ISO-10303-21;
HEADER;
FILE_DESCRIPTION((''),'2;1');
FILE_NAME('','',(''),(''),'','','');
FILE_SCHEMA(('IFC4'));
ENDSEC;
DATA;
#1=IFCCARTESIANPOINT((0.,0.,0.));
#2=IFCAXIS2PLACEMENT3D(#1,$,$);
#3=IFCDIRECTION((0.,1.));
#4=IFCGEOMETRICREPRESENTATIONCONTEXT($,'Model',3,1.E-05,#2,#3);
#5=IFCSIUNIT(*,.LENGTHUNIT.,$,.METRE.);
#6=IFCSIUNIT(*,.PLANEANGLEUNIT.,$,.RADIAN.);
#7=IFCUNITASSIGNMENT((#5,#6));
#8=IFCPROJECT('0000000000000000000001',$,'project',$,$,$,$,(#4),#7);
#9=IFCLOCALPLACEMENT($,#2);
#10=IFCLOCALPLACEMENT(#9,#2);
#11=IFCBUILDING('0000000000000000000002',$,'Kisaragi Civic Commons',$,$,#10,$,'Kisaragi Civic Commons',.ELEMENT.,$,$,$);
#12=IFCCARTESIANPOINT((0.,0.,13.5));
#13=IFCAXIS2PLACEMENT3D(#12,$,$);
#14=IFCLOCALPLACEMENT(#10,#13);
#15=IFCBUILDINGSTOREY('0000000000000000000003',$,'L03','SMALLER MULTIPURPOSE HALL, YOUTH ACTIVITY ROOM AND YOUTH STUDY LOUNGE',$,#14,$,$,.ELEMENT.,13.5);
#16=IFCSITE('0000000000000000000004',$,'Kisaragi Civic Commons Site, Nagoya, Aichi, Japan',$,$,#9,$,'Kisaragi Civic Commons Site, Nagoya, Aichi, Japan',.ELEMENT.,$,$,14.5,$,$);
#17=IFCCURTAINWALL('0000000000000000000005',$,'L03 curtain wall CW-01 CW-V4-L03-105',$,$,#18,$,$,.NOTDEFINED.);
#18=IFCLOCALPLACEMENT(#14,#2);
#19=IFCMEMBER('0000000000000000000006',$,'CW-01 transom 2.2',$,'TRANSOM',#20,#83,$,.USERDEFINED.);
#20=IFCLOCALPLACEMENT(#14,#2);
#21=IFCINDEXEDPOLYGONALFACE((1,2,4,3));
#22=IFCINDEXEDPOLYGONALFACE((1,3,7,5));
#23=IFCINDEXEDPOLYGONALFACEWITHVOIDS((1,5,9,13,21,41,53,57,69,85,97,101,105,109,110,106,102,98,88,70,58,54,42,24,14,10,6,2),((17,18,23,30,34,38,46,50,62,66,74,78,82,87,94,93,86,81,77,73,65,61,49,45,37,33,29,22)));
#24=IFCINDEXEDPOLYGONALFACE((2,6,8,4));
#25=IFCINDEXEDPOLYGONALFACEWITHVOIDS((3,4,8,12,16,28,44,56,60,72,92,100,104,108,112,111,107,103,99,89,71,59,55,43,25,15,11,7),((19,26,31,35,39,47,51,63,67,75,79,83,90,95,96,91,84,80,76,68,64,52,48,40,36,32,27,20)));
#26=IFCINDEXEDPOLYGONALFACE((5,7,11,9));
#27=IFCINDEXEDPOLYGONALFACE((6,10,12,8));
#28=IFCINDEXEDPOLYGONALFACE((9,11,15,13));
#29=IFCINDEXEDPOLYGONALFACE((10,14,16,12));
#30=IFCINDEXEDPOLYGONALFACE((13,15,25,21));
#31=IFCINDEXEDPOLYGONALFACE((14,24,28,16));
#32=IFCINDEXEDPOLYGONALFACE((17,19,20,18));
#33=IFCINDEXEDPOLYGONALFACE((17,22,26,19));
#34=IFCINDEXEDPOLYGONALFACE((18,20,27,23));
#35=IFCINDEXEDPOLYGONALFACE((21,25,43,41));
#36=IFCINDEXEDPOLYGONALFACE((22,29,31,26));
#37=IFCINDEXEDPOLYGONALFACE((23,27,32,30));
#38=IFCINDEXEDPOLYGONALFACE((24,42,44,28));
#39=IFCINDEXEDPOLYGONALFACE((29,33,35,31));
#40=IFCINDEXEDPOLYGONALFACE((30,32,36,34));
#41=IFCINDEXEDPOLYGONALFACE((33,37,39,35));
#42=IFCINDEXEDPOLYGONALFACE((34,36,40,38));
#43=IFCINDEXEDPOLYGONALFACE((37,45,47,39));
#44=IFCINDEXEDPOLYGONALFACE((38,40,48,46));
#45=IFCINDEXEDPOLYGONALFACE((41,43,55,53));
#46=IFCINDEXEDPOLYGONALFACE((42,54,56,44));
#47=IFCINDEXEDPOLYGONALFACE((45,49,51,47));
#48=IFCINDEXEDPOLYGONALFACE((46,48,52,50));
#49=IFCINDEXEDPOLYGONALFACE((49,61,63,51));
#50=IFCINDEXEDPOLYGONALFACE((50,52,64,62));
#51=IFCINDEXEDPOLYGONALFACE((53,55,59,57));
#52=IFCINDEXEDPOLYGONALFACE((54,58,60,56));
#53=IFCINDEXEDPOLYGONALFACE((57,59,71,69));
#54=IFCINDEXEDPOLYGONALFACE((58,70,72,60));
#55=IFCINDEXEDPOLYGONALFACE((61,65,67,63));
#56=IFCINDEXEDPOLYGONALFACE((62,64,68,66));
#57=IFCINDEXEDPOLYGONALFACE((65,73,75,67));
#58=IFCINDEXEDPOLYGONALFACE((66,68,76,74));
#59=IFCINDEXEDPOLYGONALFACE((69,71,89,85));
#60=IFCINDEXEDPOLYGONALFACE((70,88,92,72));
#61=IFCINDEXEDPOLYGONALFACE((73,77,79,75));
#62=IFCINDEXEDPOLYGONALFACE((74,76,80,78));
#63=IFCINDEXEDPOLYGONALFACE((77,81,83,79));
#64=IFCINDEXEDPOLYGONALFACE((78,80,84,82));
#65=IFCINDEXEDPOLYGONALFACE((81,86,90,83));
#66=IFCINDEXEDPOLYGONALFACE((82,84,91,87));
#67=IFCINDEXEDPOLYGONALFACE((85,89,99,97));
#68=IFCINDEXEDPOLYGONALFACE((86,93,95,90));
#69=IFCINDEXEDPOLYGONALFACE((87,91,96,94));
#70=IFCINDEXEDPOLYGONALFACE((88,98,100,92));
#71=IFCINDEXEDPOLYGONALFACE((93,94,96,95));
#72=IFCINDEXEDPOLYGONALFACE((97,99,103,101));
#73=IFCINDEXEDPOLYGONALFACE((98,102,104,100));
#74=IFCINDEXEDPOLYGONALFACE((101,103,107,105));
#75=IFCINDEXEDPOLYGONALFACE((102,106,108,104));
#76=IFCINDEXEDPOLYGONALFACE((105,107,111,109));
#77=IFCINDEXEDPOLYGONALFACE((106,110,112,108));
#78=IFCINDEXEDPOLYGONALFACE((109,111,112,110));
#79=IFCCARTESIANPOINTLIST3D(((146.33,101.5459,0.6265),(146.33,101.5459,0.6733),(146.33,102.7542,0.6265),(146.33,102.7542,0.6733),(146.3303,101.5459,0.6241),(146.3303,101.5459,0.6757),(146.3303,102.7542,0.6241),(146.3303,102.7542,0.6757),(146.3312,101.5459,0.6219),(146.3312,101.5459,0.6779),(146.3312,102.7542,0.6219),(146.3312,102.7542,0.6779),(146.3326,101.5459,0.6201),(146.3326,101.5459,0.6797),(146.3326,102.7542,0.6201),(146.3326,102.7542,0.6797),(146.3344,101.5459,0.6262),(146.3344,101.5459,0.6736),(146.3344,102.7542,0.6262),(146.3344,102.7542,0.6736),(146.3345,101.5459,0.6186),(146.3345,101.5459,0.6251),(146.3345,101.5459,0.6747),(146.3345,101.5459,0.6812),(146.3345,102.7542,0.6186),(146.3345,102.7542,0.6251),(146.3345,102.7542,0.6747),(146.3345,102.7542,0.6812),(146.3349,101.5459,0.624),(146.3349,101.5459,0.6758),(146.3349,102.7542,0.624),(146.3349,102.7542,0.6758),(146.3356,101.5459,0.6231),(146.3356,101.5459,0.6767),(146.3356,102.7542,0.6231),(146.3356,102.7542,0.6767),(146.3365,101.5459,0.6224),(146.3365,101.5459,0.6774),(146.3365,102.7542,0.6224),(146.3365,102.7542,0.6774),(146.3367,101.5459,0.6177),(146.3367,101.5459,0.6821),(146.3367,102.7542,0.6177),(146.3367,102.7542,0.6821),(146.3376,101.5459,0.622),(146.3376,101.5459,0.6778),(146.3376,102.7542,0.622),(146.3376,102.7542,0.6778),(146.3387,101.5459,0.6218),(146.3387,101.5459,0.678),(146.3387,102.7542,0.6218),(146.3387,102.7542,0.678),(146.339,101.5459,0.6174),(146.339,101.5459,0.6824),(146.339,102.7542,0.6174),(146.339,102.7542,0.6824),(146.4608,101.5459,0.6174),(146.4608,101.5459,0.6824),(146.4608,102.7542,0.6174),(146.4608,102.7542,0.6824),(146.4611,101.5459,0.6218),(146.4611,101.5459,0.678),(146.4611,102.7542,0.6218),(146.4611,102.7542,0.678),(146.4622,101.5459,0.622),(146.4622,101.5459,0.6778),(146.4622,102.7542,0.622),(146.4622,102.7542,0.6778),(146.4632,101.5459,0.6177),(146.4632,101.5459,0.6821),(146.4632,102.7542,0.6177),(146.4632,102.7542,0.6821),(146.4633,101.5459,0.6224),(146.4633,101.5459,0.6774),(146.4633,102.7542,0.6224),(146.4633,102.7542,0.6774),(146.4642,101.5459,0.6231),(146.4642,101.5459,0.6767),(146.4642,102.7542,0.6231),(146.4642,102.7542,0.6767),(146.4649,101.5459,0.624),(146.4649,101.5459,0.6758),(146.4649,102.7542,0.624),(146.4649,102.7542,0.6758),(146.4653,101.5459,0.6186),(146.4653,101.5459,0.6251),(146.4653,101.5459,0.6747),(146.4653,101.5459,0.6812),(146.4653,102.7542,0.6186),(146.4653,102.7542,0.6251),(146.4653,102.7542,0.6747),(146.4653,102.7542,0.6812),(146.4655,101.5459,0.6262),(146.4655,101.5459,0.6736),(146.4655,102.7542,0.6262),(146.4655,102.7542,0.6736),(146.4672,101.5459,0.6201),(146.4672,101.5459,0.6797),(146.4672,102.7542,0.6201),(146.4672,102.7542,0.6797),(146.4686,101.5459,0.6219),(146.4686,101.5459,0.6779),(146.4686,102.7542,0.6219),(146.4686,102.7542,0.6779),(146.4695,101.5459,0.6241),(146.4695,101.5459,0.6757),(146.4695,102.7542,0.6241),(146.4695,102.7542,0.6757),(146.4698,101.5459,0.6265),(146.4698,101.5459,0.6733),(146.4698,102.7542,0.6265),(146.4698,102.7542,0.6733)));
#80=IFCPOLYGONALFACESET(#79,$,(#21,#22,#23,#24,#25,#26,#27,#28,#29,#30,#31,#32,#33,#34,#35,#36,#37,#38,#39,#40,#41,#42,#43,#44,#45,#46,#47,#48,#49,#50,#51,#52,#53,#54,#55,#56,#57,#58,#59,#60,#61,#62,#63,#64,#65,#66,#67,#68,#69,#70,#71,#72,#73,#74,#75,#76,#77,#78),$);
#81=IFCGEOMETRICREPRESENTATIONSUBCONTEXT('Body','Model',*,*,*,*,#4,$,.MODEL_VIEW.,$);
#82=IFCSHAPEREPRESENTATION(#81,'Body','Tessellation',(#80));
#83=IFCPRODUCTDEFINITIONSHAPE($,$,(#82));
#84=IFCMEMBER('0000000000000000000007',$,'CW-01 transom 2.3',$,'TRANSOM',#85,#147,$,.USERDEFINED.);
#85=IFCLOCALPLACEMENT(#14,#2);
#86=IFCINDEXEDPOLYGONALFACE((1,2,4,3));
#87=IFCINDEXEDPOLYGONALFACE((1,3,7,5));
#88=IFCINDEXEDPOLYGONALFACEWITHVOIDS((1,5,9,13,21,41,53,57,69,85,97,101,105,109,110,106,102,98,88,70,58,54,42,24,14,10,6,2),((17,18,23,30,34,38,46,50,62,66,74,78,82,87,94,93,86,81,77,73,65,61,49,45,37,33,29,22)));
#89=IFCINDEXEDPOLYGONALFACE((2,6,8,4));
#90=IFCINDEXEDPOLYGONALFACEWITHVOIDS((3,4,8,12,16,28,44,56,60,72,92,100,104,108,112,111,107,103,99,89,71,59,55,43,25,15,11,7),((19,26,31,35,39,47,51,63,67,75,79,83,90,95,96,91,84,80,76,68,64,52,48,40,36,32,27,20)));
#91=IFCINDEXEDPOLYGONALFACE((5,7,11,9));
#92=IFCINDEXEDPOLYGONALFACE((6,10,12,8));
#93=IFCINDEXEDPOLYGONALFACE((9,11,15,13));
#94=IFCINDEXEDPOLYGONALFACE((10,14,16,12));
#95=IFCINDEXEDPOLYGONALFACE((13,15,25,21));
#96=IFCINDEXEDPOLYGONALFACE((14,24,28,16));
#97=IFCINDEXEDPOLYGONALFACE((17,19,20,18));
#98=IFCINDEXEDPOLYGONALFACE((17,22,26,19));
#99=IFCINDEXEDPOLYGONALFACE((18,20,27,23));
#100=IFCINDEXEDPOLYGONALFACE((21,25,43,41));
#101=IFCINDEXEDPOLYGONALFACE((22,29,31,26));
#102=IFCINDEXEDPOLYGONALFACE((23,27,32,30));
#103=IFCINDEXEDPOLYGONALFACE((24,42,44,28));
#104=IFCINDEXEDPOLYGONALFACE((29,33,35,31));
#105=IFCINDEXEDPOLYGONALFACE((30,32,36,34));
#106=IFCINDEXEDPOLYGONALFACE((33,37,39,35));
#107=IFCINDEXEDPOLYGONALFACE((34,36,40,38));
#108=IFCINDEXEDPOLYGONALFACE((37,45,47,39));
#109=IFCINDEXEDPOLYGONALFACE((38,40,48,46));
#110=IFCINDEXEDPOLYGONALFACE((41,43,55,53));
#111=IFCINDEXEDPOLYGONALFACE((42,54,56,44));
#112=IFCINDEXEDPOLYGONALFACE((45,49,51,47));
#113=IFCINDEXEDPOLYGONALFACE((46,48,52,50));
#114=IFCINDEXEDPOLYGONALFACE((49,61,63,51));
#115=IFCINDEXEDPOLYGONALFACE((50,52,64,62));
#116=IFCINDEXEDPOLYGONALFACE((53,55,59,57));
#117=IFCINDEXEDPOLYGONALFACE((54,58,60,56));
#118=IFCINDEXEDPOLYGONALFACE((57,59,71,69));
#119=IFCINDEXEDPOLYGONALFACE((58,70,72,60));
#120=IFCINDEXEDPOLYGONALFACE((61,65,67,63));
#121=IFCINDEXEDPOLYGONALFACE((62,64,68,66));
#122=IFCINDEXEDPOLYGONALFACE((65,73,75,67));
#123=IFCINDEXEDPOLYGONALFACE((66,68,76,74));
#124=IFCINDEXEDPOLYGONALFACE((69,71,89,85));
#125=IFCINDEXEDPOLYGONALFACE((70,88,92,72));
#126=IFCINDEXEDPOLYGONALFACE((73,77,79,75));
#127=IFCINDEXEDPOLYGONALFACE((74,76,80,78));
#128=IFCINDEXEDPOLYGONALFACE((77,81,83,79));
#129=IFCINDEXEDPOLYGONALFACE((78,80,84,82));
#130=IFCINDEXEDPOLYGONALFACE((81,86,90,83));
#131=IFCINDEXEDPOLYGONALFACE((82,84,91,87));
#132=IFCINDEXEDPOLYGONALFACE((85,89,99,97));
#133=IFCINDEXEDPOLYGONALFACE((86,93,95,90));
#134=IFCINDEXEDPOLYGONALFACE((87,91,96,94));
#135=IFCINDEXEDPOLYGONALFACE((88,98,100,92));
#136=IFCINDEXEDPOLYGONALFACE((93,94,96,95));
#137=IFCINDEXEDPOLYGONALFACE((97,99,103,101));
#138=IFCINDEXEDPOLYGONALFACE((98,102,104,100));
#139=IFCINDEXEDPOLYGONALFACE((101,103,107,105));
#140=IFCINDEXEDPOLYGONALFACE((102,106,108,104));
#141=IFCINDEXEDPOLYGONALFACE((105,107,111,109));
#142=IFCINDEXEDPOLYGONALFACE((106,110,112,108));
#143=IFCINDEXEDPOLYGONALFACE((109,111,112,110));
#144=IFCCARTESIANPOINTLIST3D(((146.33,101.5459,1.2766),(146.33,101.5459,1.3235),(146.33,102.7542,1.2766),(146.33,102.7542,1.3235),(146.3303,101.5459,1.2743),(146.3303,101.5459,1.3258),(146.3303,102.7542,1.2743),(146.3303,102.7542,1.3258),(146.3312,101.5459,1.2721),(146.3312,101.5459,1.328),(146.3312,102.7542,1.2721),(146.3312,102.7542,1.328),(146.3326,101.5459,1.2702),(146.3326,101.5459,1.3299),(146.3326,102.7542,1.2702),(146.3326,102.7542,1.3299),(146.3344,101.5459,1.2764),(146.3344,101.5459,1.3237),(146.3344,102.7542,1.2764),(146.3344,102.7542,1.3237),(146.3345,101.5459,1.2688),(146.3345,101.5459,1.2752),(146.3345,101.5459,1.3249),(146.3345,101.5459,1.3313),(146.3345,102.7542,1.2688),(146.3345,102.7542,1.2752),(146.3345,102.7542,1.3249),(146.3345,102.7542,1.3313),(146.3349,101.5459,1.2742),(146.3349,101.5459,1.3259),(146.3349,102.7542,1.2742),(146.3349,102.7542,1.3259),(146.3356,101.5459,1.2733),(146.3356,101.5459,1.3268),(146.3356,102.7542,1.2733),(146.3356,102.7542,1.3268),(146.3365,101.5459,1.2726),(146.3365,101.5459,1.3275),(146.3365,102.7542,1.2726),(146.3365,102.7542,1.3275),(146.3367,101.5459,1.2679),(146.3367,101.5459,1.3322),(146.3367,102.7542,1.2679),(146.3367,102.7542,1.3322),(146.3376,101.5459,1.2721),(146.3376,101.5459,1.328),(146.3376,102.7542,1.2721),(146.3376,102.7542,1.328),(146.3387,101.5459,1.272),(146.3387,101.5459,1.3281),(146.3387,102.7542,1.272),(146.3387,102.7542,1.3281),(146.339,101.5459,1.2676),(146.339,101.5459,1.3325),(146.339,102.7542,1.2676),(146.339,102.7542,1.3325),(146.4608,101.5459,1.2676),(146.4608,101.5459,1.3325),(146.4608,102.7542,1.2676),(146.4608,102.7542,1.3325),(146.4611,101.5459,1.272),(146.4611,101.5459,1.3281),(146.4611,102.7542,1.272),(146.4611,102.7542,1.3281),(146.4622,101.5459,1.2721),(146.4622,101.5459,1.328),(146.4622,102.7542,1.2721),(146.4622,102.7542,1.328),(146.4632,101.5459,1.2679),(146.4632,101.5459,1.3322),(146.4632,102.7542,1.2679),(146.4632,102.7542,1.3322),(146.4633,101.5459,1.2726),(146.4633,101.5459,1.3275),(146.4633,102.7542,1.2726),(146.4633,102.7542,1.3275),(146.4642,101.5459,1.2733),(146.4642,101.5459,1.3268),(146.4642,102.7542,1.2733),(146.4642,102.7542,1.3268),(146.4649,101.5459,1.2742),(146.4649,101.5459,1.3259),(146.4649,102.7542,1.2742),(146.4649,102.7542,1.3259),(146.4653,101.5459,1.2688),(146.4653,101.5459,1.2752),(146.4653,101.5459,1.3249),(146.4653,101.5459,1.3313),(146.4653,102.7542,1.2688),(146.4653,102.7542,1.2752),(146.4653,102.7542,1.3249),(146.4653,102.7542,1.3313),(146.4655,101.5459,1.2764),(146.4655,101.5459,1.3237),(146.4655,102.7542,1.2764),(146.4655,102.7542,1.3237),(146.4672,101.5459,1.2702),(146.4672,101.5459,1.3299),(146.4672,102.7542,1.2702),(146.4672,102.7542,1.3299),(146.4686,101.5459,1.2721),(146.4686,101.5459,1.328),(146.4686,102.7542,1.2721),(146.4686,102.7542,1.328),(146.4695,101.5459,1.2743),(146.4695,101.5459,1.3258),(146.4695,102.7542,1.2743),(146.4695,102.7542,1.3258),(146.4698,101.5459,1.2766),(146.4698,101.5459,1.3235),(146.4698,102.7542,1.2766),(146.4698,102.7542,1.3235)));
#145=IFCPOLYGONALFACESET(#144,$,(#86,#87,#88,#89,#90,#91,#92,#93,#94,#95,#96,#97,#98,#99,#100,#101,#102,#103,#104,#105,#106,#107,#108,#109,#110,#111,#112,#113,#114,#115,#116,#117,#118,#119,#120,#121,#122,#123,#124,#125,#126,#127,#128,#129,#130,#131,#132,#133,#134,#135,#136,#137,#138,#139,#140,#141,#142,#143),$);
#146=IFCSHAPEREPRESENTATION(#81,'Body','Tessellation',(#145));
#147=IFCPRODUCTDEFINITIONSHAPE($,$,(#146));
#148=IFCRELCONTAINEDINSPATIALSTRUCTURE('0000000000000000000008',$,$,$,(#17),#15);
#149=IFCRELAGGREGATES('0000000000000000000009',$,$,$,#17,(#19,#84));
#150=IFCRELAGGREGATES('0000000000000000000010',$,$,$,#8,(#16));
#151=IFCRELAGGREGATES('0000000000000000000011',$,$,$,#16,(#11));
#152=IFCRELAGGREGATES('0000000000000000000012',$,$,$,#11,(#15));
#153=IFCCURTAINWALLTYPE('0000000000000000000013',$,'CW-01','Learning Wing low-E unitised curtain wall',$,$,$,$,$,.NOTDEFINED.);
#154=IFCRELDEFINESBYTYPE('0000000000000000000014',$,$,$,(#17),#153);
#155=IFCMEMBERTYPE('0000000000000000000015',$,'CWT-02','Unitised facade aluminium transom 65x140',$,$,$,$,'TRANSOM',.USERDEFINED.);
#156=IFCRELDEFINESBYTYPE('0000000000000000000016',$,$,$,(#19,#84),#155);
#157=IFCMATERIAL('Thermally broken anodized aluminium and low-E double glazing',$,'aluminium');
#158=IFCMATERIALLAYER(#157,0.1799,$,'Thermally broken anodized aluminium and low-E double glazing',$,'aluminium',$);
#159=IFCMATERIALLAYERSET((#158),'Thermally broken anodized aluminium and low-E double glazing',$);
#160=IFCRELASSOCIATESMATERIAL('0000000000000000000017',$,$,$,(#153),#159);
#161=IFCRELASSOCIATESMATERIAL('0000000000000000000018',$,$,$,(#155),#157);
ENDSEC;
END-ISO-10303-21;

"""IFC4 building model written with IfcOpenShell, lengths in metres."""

from ifc_helpers import new_model, si_unit, direction, frame, origin, origin_2d, place, context, subcontext, project, spatial, hollow_rectangle, extrude, material, layer, layer_set, material_profile, profile_set, type_object, element, aggregate, save


model = new_model("IFC4")

# Units and contexts
model_context = context("Model", 3, precision=1e-05, world=origin(), true_north=direction((0.0, 1.0)))
body_context = subcontext(model_context, "Body", "Model", "MODEL_VIEW")
ifc_project = project(units=[si_unit("LENGTHUNIT", "METRE"), si_unit("PLANEANGLEUNIT", "RADIAN")], contexts=[model_context])

# Site, building, storey
site_placement = place(None, origin())
site = spatial("IfcSite", under=ifc_project, at=site_placement, Name="Kisaragi Civic Commons Site, Nagoya, Aichi, Japan", LongName="Kisaragi Civic Commons Site, Nagoya, Aichi, Japan", CompositionType="ELEMENT", RefElevation=14.5)
building_placement = place(site_placement, origin())
building = spatial("IfcBuilding", under=site, at=building_placement, Name="Kisaragi Civic Commons", LongName="Kisaragi Civic Commons", CompositionType="ELEMENT")
storey_placement = place(building_placement, frame((0.0, 0.0, 13.5)))
storey = spatial("IfcBuildingStorey", under=building, at=storey_placement, Name="L03", Description="SMALLER MULTIPURPOSE HALL, YOUTH ACTIVITY ROOM AND YOUTH STUDY LOUNGE", CompositionType="ELEMENT", Elevation=13.5)

# Curtain wall, members
ifc_material_1 = material(Name="Thermally broken anodized aluminium and low-E double glazing", Category="aluminium")
ifc_layer_1 = layer(ifc_material_1, 0.1799, Name="Thermally broken anodized aluminium and low-E double glazing", Category="aluminium")
ifc_layer_set_1 = layer_set([ifc_layer_1], Name="Thermally broken anodized aluminium and low-E double glazing")
curtain_wall_type = type_object("IfcCurtainWallType", Name="CW-01", Description="Learning Wing low-E unitised curtain wall", PredefinedType="NOTDEFINED", material=ifc_layer_set_1)
curtain_wall_placement = place(storey_placement, origin())
curtain_wall = element("IfcCurtainWall", 1, at=curtain_wall_placement, inside=storey, type_object=curtain_wall_type, Name="L03 curtain wall CW-01 CW-V4-L03-105", PredefinedType="NOTDEFINED")
ifc_material_profile_1 = material_profile(ifc_material_1, hollow_rectangle(XDim=0.1399, YDim=0.0649, WallThickness=0.0044, InnerFilletRadius=0.0044, OuterFilletRadius=0.009, at=origin_2d()), Name="CWT-65x140x4.5", Category="aluminium")
ifc_profile_set_1 = profile_set([ifc_material_profile_1], Name="Thermally broken anodized aluminium and low-E double glazing")
member_type_1 = type_object("IfcMemberType", Name="CWT-02", Description="Unitised facade aluminium transom 65x140", ElementType="TRANSOM", PredefinedType="USERDEFINED", material=ifc_profile_set_1)
member_1_placement = place(storey_placement, frame((146.3999, 102.7542, 0.6499), z_axis=(0.0, -1.0, 0.0), x_axis=(1.0, 0.0, 0.0)))
member_1 = element("IfcMember", 2, at=member_1_placement, type_object=member_type_1, Name="CW-01 transom 2.2", ObjectType="TRANSOM", PredefinedType="USERDEFINED", context=body_context, shape_type="SweptSolid", body=[
    extrude(hollow_rectangle(XDim=0.1399, YDim=0.0649, WallThickness=0.0044, InnerFilletRadius=0.0044, OuterFilletRadius=0.009, at=origin_2d()), origin(), (0.0, 0.0, 1.0), 1.2083),
])
member_2_placement = place(storey_placement, frame((146.3999, 102.7542, 1.3), z_axis=(0.0, -1.0, 0.0), x_axis=(1.0, 0.0, 0.0)))
member_2 = element("IfcMember", 3, at=member_2_placement, type_object=member_type_1, Name="CW-01 transom 2.3", ObjectType="TRANSOM", PredefinedType="USERDEFINED", context=body_context, shape_type="SweptSolid", body=[
    extrude(hollow_rectangle(XDim=0.1399, YDim=0.0649, WallThickness=0.0044, InnerFilletRadius=0.0044, OuterFilletRadius=0.009, at=origin_2d()), origin(), (0.0, 0.0, 1.0), 1.2083),
])
aggregate(curtain_wall, [member_1, member_2])

save(model, "model.ifc")
